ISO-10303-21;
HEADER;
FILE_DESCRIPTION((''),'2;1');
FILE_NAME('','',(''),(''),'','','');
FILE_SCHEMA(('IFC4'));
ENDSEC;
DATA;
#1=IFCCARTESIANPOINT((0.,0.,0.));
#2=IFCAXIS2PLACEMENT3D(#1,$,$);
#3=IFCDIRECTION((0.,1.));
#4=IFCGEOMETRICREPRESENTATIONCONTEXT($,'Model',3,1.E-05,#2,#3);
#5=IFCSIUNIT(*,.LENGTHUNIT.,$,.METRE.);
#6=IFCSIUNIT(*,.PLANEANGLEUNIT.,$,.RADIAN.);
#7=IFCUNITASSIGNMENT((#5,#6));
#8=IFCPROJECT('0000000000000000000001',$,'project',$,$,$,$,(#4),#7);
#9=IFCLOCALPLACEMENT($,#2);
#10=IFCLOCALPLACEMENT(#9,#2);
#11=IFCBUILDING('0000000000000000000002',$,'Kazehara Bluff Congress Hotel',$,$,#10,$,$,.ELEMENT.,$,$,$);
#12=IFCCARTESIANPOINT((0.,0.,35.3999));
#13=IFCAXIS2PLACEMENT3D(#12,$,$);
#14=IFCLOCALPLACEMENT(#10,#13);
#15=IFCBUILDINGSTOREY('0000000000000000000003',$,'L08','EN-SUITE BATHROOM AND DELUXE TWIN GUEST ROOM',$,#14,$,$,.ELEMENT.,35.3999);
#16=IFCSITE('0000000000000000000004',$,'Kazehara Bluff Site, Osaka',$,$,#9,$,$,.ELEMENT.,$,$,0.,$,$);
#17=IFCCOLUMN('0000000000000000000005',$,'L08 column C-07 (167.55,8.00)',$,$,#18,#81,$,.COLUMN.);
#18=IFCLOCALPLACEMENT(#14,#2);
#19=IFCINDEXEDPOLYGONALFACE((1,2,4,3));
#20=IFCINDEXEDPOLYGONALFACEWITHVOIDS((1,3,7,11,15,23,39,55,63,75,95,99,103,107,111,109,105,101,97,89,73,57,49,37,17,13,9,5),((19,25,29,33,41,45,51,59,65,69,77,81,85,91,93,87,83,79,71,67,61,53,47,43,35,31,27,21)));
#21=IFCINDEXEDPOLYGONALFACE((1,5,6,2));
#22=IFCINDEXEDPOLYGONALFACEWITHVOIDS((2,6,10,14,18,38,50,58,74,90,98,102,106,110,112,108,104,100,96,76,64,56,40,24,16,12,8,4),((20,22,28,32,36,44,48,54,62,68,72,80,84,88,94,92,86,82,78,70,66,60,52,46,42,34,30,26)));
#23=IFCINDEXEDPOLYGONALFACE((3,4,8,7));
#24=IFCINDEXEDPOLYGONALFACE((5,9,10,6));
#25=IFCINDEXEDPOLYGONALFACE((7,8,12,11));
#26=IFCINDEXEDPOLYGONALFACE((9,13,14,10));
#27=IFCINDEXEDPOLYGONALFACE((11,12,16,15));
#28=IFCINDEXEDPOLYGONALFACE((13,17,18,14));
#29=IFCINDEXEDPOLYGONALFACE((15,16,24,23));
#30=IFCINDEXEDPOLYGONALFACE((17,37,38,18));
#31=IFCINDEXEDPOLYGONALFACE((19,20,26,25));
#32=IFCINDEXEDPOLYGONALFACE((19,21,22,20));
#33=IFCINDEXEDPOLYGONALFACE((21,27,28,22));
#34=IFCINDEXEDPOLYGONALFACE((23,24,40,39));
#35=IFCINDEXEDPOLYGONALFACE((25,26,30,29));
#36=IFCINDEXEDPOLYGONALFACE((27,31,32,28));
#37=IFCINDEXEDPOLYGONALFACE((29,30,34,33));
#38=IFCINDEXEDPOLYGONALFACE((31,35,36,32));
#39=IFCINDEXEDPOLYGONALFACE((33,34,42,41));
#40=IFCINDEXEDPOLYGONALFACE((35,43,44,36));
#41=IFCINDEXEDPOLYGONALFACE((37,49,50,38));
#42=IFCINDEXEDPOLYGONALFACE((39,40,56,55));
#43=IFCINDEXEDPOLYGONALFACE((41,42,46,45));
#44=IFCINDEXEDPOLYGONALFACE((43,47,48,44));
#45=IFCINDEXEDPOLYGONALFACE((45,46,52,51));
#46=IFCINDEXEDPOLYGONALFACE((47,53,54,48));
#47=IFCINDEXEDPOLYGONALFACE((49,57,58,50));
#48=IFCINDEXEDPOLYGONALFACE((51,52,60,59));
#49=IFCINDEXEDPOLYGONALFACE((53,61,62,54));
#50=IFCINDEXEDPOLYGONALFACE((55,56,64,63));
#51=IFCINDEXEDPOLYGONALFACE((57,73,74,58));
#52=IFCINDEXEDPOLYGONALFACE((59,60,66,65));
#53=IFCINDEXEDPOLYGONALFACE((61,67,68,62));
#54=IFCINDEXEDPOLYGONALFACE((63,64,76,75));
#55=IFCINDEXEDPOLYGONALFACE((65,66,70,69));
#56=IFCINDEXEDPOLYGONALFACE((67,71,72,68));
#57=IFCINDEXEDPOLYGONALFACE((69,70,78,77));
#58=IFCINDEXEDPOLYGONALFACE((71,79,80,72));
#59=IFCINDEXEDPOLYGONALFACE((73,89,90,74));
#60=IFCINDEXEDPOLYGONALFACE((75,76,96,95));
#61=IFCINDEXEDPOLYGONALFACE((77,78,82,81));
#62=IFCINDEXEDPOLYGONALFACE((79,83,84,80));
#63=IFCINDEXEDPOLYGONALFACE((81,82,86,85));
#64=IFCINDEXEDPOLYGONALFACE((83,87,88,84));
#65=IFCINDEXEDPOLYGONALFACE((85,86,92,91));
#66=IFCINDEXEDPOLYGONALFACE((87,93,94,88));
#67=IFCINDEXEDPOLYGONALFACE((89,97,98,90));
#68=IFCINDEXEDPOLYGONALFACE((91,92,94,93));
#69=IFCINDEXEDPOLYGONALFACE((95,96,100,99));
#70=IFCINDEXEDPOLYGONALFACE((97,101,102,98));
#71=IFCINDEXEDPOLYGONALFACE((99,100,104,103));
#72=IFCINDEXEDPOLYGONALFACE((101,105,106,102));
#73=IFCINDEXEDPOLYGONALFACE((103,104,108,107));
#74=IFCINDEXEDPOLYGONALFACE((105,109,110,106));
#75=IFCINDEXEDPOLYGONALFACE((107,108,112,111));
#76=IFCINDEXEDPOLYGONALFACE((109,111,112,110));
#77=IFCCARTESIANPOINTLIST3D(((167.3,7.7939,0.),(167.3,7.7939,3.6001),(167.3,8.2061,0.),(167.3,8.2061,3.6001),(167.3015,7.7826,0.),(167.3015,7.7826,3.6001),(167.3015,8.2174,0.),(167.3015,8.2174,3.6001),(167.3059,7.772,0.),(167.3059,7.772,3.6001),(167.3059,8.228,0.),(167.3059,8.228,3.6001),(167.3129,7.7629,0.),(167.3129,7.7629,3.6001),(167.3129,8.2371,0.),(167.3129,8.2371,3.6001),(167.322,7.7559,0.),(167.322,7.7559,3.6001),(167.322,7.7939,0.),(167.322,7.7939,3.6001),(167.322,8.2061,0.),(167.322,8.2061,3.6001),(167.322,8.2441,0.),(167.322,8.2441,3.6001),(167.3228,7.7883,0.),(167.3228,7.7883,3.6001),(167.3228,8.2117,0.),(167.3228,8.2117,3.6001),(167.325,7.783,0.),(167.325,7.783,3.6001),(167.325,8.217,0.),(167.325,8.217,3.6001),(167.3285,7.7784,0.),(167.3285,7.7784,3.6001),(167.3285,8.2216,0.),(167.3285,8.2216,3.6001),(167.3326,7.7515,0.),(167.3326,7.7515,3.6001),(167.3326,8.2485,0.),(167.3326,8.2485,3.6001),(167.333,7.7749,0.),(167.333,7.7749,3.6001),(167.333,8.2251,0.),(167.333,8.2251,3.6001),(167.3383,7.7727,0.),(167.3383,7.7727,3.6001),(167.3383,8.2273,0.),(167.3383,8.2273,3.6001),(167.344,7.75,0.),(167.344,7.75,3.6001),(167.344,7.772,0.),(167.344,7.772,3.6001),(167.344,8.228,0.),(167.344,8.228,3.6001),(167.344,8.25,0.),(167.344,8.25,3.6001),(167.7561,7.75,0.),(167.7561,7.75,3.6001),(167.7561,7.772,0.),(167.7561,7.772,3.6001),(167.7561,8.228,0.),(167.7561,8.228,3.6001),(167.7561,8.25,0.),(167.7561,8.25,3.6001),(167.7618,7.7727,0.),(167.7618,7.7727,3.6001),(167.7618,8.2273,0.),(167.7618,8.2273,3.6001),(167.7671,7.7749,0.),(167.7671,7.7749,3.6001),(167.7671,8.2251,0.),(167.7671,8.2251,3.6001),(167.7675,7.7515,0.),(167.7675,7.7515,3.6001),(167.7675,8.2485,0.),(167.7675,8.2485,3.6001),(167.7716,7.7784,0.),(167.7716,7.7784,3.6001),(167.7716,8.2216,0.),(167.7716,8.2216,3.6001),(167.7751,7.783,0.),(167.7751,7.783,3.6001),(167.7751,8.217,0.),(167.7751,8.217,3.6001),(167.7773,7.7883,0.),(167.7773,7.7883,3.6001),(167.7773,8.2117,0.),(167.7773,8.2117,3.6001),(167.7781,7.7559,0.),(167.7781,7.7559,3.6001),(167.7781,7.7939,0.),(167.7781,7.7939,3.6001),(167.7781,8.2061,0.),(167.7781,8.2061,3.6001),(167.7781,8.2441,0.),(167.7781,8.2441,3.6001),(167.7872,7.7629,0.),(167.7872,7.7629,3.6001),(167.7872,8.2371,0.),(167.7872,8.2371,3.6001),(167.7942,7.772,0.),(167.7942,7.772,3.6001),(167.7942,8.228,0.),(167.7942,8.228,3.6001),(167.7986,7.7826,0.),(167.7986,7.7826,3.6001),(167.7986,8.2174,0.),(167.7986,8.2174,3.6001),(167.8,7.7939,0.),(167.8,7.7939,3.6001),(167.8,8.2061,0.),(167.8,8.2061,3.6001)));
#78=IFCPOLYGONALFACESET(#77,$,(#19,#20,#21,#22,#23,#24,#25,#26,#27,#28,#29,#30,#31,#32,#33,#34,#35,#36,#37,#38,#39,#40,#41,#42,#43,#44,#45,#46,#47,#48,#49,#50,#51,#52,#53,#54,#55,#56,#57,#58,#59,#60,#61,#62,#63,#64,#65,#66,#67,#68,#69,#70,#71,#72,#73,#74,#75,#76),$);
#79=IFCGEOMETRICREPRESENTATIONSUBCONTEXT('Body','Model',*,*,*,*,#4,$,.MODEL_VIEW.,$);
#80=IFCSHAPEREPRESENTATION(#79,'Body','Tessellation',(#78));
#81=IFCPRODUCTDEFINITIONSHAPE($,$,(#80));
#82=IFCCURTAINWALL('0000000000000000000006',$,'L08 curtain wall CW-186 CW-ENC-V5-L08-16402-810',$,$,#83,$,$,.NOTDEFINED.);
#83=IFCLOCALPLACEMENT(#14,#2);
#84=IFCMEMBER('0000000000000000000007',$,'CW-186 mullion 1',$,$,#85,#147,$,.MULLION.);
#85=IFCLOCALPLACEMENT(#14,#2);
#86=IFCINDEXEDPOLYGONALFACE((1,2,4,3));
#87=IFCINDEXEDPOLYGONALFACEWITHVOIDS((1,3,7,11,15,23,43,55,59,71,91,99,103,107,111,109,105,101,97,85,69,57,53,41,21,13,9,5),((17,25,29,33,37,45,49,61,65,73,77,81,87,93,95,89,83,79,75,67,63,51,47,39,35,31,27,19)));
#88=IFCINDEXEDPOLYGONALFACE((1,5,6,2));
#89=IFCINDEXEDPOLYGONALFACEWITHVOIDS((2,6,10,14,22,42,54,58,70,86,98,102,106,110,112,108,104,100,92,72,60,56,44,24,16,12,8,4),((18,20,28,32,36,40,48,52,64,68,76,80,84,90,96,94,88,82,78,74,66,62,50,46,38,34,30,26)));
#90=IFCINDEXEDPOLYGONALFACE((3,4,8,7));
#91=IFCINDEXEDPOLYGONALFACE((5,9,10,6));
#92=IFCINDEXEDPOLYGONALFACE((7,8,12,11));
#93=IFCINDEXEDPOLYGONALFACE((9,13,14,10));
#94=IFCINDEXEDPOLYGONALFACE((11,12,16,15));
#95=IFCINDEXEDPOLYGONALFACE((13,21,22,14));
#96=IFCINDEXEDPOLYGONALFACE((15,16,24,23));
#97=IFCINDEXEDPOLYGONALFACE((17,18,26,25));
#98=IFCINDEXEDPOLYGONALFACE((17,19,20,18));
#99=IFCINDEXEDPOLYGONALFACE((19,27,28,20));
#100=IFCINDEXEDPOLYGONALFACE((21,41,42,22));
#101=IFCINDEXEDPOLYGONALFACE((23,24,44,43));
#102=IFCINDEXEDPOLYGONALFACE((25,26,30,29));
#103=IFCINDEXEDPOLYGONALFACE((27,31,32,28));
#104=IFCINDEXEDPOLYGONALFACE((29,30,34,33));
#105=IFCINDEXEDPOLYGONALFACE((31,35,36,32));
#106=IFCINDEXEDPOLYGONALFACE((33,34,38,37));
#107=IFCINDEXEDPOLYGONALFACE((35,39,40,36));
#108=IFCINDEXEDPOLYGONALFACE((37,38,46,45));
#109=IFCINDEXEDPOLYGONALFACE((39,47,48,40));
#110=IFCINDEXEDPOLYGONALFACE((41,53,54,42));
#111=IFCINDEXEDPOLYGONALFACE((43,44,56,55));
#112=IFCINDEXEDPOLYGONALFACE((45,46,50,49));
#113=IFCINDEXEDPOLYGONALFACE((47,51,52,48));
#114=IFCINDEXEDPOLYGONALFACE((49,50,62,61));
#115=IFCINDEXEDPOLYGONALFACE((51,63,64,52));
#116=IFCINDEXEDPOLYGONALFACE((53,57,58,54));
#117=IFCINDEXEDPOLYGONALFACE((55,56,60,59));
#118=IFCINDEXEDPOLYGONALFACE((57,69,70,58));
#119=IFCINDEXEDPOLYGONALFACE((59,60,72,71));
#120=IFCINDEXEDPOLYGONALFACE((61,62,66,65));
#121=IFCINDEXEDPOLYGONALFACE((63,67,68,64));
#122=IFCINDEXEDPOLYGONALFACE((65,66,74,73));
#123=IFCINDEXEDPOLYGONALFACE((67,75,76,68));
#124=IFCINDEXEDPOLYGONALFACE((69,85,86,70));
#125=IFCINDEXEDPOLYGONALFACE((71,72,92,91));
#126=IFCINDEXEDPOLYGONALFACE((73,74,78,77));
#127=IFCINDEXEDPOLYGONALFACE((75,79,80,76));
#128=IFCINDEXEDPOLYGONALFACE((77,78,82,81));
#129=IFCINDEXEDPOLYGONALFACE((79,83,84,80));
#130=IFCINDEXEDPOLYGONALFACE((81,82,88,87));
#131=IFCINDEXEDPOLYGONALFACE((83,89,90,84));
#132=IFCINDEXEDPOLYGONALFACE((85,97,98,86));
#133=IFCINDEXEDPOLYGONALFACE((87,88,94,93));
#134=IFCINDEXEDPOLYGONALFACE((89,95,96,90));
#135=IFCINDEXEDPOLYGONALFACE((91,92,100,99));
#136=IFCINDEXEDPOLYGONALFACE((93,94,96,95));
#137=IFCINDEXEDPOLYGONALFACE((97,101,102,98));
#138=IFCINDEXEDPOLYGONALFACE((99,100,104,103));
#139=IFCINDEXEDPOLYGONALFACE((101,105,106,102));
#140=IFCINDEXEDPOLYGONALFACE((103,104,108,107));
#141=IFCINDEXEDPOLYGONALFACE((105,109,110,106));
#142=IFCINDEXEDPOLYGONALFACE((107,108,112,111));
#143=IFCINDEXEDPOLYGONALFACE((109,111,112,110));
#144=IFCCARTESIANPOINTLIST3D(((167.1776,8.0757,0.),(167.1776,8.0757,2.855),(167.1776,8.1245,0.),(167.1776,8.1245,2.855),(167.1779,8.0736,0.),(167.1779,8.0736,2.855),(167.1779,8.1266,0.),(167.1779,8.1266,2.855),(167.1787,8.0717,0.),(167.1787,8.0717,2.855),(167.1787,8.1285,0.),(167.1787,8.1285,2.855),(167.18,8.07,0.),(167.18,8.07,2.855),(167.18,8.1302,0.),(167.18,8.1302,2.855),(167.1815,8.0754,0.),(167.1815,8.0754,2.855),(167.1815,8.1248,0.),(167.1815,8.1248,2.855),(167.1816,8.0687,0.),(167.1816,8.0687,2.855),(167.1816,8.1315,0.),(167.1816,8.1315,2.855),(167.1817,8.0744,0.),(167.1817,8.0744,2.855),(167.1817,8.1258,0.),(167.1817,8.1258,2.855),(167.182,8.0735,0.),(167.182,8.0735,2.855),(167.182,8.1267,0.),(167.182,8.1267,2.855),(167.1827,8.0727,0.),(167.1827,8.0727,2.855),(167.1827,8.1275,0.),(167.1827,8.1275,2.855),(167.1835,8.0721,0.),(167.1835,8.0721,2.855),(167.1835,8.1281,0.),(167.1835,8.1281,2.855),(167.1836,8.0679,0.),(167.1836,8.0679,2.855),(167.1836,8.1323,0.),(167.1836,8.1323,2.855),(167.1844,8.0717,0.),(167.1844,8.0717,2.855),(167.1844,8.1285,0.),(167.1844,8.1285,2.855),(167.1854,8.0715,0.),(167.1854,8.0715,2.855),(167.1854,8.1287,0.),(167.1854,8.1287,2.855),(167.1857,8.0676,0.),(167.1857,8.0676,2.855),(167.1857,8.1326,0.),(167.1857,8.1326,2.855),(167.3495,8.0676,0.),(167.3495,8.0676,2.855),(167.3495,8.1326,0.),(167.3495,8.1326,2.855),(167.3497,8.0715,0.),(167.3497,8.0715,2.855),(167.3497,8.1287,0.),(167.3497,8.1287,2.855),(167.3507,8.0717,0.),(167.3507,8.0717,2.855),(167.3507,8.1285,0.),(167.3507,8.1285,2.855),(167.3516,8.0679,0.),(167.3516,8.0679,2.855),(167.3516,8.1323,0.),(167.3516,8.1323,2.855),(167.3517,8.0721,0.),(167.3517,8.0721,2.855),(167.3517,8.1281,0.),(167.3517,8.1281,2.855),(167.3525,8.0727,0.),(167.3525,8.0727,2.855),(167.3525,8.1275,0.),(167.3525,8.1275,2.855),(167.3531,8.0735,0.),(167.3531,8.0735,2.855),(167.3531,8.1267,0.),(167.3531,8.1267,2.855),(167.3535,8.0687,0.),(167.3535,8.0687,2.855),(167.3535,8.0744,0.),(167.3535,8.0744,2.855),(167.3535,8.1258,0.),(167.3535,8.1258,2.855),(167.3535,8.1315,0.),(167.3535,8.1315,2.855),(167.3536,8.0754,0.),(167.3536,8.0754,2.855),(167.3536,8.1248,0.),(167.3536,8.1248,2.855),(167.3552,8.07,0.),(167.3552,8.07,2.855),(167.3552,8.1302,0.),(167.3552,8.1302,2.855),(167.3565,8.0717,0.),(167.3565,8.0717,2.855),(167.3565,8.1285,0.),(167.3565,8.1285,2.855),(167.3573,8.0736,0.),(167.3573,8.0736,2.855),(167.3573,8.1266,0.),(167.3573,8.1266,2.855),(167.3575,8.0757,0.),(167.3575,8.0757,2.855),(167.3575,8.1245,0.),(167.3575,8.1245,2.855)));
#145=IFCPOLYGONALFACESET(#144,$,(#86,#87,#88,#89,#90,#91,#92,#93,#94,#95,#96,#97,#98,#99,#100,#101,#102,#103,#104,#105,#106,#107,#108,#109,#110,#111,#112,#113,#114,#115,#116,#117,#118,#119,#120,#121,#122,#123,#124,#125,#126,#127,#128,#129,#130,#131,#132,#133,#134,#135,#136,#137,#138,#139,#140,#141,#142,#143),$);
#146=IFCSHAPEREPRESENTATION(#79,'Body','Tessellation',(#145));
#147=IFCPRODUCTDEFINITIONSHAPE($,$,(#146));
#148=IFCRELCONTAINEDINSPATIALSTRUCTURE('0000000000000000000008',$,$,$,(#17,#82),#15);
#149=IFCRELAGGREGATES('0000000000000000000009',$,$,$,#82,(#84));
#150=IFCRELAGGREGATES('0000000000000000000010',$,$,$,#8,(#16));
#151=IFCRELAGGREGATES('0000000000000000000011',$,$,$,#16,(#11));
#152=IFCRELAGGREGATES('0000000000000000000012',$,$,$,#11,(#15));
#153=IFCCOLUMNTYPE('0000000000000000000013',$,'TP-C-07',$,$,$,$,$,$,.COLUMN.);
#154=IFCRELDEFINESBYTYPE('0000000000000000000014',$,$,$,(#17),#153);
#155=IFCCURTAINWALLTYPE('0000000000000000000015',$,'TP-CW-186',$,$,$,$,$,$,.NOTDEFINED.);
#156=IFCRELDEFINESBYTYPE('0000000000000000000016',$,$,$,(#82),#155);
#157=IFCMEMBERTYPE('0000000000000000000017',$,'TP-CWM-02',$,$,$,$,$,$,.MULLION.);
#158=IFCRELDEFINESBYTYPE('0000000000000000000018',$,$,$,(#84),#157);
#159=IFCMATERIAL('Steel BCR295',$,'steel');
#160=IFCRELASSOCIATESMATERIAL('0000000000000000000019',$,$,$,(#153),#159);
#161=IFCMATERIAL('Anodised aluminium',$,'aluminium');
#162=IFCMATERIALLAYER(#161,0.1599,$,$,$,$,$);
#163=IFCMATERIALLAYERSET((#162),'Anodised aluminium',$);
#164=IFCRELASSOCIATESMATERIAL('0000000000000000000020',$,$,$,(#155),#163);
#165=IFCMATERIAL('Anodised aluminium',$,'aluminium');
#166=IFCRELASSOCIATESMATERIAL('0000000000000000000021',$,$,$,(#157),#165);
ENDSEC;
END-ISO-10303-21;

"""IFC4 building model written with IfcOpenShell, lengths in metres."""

from ifc_helpers import new_model, si_unit, direction, frame, origin, origin_2d, place, context, subcontext, project, spatial, hollow_rectangle, extrude, material, layer, layer_set, material_profile, profile_set, type_object, element, aggregate, save


model = new_model("IFC4")

# Units and contexts
model_context = context("Model", 3, precision=1e-05, world=origin(), true_north=direction((0.0, 1.0)))
body_context = subcontext(model_context, "Body", "Model", "MODEL_VIEW")
ifc_project = project(units=[si_unit("LENGTHUNIT", "METRE"), si_unit("PLANEANGLEUNIT", "RADIAN")], contexts=[model_context])

# Site, building, storey
site_placement = place(None, origin())
site = spatial("IfcSite", under=ifc_project, at=site_placement, Name="Kazehara Bluff Site, Osaka", CompositionType="ELEMENT", RefElevation=0.0)
building_placement = place(site_placement, origin())
building = spatial("IfcBuilding", under=site, at=building_placement, Name="Kazehara Bluff Congress Hotel", CompositionType="ELEMENT")
storey_placement = place(building_placement, frame((0.0, 0.0, 35.3999)))
storey = spatial("IfcBuildingStorey", under=building, at=storey_placement, Name="L08", Description="EN-SUITE BATHROOM AND DELUXE TWIN GUEST ROOM", CompositionType="ELEMENT", Elevation=35.3999)

# Column
ifc_material_1 = material(Name="Steel BCR295", Category="steel")
ifc_material_profile_1 = material_profile(ifc_material_1, hollow_rectangle(XDim=0.5, YDim=0.5, WallThickness=0.022, InnerFilletRadius=0.022, OuterFilletRadius=0.0439, at=origin_2d()))
ifc_profile_set_1 = profile_set([ifc_material_profile_1], Name="Steel BCR295")
column_type = type_object("IfcColumnType", Name="TP-C-07", PredefinedType="COLUMN", material=ifc_profile_set_1)
column_placement = place(storey_placement, frame((167.55, 8.0, 0.0), z_axis=(0.0, 0.0, 1.0), x_axis=(1.0, 0.0, 0.0)))
element("IfcColumn", 1, at=column_placement, inside=storey, type_object=column_type, Name="L08 column C-07 (167.55,8.00)", PredefinedType="COLUMN", context=body_context, shape_type="SweptSolid", body=[
    extrude(hollow_rectangle(XDim=0.5, YDim=0.5, WallThickness=0.022, InnerFilletRadius=0.022, OuterFilletRadius=0.0439, at=origin_2d()), origin(), (0.0, 0.0, 1.0), 3.6001),
])

# Curtain wall, member
ifc_material_2 = material(Name="Anodised aluminium", Category="aluminium")
ifc_layer_1 = layer(ifc_material_2, 0.1599)
ifc_layer_set_1 = layer_set([ifc_layer_1], Name="Anodised aluminium")
curtain_wall_type = type_object("IfcCurtainWallType", Name="TP-CW-186", PredefinedType="NOTDEFINED", material=ifc_layer_set_1)
curtain_wall_placement = place(storey_placement, origin())
curtain_wall = element("IfcCurtainWall", 2, at=curtain_wall_placement, inside=storey, type_object=curtain_wall_type, Name="L08 curtain wall CW-186 CW-ENC-V5-L08-16402-810", PredefinedType="NOTDEFINED")
ifc_material_3 = material(Name="Anodised aluminium", Category="aluminium")
ifc_material_profile_2 = material_profile(ifc_material_3, hollow_rectangle(XDim=0.0649, YDim=0.1799, WallThickness=0.0039, InnerFilletRadius=0.0039, OuterFilletRadius=0.0081, at=origin_2d()))
ifc_profile_set_2 = profile_set([ifc_material_profile_2], Name="Anodised aluminium")
member_type_1 = type_object("IfcMemberType", Name="TP-CWM-02", PredefinedType="MULLION", material=ifc_profile_set_2)
member_1_placement = place(storey_placement, frame((167.2676, 8.1001, 0.0), z_axis=(0.0, 0.0, 1.0), x_axis=(0.0, -1.0, 0.0)))
member_1 = element("IfcMember", 3, at=member_1_placement, type_object=member_type_1, Name="CW-186 mullion 1", PredefinedType="MULLION", context=body_context, shape_type="SweptSolid", body=[
    extrude(hollow_rectangle(XDim=0.0649, YDim=0.1799, WallThickness=0.0039, InnerFilletRadius=0.0039, OuterFilletRadius=0.0081, at=origin_2d()), origin(), (0.0, 0.0, 1.0), 2.855),
])

aggregate(curtain_wall, [member_1])

save(model, "model.ifc")
